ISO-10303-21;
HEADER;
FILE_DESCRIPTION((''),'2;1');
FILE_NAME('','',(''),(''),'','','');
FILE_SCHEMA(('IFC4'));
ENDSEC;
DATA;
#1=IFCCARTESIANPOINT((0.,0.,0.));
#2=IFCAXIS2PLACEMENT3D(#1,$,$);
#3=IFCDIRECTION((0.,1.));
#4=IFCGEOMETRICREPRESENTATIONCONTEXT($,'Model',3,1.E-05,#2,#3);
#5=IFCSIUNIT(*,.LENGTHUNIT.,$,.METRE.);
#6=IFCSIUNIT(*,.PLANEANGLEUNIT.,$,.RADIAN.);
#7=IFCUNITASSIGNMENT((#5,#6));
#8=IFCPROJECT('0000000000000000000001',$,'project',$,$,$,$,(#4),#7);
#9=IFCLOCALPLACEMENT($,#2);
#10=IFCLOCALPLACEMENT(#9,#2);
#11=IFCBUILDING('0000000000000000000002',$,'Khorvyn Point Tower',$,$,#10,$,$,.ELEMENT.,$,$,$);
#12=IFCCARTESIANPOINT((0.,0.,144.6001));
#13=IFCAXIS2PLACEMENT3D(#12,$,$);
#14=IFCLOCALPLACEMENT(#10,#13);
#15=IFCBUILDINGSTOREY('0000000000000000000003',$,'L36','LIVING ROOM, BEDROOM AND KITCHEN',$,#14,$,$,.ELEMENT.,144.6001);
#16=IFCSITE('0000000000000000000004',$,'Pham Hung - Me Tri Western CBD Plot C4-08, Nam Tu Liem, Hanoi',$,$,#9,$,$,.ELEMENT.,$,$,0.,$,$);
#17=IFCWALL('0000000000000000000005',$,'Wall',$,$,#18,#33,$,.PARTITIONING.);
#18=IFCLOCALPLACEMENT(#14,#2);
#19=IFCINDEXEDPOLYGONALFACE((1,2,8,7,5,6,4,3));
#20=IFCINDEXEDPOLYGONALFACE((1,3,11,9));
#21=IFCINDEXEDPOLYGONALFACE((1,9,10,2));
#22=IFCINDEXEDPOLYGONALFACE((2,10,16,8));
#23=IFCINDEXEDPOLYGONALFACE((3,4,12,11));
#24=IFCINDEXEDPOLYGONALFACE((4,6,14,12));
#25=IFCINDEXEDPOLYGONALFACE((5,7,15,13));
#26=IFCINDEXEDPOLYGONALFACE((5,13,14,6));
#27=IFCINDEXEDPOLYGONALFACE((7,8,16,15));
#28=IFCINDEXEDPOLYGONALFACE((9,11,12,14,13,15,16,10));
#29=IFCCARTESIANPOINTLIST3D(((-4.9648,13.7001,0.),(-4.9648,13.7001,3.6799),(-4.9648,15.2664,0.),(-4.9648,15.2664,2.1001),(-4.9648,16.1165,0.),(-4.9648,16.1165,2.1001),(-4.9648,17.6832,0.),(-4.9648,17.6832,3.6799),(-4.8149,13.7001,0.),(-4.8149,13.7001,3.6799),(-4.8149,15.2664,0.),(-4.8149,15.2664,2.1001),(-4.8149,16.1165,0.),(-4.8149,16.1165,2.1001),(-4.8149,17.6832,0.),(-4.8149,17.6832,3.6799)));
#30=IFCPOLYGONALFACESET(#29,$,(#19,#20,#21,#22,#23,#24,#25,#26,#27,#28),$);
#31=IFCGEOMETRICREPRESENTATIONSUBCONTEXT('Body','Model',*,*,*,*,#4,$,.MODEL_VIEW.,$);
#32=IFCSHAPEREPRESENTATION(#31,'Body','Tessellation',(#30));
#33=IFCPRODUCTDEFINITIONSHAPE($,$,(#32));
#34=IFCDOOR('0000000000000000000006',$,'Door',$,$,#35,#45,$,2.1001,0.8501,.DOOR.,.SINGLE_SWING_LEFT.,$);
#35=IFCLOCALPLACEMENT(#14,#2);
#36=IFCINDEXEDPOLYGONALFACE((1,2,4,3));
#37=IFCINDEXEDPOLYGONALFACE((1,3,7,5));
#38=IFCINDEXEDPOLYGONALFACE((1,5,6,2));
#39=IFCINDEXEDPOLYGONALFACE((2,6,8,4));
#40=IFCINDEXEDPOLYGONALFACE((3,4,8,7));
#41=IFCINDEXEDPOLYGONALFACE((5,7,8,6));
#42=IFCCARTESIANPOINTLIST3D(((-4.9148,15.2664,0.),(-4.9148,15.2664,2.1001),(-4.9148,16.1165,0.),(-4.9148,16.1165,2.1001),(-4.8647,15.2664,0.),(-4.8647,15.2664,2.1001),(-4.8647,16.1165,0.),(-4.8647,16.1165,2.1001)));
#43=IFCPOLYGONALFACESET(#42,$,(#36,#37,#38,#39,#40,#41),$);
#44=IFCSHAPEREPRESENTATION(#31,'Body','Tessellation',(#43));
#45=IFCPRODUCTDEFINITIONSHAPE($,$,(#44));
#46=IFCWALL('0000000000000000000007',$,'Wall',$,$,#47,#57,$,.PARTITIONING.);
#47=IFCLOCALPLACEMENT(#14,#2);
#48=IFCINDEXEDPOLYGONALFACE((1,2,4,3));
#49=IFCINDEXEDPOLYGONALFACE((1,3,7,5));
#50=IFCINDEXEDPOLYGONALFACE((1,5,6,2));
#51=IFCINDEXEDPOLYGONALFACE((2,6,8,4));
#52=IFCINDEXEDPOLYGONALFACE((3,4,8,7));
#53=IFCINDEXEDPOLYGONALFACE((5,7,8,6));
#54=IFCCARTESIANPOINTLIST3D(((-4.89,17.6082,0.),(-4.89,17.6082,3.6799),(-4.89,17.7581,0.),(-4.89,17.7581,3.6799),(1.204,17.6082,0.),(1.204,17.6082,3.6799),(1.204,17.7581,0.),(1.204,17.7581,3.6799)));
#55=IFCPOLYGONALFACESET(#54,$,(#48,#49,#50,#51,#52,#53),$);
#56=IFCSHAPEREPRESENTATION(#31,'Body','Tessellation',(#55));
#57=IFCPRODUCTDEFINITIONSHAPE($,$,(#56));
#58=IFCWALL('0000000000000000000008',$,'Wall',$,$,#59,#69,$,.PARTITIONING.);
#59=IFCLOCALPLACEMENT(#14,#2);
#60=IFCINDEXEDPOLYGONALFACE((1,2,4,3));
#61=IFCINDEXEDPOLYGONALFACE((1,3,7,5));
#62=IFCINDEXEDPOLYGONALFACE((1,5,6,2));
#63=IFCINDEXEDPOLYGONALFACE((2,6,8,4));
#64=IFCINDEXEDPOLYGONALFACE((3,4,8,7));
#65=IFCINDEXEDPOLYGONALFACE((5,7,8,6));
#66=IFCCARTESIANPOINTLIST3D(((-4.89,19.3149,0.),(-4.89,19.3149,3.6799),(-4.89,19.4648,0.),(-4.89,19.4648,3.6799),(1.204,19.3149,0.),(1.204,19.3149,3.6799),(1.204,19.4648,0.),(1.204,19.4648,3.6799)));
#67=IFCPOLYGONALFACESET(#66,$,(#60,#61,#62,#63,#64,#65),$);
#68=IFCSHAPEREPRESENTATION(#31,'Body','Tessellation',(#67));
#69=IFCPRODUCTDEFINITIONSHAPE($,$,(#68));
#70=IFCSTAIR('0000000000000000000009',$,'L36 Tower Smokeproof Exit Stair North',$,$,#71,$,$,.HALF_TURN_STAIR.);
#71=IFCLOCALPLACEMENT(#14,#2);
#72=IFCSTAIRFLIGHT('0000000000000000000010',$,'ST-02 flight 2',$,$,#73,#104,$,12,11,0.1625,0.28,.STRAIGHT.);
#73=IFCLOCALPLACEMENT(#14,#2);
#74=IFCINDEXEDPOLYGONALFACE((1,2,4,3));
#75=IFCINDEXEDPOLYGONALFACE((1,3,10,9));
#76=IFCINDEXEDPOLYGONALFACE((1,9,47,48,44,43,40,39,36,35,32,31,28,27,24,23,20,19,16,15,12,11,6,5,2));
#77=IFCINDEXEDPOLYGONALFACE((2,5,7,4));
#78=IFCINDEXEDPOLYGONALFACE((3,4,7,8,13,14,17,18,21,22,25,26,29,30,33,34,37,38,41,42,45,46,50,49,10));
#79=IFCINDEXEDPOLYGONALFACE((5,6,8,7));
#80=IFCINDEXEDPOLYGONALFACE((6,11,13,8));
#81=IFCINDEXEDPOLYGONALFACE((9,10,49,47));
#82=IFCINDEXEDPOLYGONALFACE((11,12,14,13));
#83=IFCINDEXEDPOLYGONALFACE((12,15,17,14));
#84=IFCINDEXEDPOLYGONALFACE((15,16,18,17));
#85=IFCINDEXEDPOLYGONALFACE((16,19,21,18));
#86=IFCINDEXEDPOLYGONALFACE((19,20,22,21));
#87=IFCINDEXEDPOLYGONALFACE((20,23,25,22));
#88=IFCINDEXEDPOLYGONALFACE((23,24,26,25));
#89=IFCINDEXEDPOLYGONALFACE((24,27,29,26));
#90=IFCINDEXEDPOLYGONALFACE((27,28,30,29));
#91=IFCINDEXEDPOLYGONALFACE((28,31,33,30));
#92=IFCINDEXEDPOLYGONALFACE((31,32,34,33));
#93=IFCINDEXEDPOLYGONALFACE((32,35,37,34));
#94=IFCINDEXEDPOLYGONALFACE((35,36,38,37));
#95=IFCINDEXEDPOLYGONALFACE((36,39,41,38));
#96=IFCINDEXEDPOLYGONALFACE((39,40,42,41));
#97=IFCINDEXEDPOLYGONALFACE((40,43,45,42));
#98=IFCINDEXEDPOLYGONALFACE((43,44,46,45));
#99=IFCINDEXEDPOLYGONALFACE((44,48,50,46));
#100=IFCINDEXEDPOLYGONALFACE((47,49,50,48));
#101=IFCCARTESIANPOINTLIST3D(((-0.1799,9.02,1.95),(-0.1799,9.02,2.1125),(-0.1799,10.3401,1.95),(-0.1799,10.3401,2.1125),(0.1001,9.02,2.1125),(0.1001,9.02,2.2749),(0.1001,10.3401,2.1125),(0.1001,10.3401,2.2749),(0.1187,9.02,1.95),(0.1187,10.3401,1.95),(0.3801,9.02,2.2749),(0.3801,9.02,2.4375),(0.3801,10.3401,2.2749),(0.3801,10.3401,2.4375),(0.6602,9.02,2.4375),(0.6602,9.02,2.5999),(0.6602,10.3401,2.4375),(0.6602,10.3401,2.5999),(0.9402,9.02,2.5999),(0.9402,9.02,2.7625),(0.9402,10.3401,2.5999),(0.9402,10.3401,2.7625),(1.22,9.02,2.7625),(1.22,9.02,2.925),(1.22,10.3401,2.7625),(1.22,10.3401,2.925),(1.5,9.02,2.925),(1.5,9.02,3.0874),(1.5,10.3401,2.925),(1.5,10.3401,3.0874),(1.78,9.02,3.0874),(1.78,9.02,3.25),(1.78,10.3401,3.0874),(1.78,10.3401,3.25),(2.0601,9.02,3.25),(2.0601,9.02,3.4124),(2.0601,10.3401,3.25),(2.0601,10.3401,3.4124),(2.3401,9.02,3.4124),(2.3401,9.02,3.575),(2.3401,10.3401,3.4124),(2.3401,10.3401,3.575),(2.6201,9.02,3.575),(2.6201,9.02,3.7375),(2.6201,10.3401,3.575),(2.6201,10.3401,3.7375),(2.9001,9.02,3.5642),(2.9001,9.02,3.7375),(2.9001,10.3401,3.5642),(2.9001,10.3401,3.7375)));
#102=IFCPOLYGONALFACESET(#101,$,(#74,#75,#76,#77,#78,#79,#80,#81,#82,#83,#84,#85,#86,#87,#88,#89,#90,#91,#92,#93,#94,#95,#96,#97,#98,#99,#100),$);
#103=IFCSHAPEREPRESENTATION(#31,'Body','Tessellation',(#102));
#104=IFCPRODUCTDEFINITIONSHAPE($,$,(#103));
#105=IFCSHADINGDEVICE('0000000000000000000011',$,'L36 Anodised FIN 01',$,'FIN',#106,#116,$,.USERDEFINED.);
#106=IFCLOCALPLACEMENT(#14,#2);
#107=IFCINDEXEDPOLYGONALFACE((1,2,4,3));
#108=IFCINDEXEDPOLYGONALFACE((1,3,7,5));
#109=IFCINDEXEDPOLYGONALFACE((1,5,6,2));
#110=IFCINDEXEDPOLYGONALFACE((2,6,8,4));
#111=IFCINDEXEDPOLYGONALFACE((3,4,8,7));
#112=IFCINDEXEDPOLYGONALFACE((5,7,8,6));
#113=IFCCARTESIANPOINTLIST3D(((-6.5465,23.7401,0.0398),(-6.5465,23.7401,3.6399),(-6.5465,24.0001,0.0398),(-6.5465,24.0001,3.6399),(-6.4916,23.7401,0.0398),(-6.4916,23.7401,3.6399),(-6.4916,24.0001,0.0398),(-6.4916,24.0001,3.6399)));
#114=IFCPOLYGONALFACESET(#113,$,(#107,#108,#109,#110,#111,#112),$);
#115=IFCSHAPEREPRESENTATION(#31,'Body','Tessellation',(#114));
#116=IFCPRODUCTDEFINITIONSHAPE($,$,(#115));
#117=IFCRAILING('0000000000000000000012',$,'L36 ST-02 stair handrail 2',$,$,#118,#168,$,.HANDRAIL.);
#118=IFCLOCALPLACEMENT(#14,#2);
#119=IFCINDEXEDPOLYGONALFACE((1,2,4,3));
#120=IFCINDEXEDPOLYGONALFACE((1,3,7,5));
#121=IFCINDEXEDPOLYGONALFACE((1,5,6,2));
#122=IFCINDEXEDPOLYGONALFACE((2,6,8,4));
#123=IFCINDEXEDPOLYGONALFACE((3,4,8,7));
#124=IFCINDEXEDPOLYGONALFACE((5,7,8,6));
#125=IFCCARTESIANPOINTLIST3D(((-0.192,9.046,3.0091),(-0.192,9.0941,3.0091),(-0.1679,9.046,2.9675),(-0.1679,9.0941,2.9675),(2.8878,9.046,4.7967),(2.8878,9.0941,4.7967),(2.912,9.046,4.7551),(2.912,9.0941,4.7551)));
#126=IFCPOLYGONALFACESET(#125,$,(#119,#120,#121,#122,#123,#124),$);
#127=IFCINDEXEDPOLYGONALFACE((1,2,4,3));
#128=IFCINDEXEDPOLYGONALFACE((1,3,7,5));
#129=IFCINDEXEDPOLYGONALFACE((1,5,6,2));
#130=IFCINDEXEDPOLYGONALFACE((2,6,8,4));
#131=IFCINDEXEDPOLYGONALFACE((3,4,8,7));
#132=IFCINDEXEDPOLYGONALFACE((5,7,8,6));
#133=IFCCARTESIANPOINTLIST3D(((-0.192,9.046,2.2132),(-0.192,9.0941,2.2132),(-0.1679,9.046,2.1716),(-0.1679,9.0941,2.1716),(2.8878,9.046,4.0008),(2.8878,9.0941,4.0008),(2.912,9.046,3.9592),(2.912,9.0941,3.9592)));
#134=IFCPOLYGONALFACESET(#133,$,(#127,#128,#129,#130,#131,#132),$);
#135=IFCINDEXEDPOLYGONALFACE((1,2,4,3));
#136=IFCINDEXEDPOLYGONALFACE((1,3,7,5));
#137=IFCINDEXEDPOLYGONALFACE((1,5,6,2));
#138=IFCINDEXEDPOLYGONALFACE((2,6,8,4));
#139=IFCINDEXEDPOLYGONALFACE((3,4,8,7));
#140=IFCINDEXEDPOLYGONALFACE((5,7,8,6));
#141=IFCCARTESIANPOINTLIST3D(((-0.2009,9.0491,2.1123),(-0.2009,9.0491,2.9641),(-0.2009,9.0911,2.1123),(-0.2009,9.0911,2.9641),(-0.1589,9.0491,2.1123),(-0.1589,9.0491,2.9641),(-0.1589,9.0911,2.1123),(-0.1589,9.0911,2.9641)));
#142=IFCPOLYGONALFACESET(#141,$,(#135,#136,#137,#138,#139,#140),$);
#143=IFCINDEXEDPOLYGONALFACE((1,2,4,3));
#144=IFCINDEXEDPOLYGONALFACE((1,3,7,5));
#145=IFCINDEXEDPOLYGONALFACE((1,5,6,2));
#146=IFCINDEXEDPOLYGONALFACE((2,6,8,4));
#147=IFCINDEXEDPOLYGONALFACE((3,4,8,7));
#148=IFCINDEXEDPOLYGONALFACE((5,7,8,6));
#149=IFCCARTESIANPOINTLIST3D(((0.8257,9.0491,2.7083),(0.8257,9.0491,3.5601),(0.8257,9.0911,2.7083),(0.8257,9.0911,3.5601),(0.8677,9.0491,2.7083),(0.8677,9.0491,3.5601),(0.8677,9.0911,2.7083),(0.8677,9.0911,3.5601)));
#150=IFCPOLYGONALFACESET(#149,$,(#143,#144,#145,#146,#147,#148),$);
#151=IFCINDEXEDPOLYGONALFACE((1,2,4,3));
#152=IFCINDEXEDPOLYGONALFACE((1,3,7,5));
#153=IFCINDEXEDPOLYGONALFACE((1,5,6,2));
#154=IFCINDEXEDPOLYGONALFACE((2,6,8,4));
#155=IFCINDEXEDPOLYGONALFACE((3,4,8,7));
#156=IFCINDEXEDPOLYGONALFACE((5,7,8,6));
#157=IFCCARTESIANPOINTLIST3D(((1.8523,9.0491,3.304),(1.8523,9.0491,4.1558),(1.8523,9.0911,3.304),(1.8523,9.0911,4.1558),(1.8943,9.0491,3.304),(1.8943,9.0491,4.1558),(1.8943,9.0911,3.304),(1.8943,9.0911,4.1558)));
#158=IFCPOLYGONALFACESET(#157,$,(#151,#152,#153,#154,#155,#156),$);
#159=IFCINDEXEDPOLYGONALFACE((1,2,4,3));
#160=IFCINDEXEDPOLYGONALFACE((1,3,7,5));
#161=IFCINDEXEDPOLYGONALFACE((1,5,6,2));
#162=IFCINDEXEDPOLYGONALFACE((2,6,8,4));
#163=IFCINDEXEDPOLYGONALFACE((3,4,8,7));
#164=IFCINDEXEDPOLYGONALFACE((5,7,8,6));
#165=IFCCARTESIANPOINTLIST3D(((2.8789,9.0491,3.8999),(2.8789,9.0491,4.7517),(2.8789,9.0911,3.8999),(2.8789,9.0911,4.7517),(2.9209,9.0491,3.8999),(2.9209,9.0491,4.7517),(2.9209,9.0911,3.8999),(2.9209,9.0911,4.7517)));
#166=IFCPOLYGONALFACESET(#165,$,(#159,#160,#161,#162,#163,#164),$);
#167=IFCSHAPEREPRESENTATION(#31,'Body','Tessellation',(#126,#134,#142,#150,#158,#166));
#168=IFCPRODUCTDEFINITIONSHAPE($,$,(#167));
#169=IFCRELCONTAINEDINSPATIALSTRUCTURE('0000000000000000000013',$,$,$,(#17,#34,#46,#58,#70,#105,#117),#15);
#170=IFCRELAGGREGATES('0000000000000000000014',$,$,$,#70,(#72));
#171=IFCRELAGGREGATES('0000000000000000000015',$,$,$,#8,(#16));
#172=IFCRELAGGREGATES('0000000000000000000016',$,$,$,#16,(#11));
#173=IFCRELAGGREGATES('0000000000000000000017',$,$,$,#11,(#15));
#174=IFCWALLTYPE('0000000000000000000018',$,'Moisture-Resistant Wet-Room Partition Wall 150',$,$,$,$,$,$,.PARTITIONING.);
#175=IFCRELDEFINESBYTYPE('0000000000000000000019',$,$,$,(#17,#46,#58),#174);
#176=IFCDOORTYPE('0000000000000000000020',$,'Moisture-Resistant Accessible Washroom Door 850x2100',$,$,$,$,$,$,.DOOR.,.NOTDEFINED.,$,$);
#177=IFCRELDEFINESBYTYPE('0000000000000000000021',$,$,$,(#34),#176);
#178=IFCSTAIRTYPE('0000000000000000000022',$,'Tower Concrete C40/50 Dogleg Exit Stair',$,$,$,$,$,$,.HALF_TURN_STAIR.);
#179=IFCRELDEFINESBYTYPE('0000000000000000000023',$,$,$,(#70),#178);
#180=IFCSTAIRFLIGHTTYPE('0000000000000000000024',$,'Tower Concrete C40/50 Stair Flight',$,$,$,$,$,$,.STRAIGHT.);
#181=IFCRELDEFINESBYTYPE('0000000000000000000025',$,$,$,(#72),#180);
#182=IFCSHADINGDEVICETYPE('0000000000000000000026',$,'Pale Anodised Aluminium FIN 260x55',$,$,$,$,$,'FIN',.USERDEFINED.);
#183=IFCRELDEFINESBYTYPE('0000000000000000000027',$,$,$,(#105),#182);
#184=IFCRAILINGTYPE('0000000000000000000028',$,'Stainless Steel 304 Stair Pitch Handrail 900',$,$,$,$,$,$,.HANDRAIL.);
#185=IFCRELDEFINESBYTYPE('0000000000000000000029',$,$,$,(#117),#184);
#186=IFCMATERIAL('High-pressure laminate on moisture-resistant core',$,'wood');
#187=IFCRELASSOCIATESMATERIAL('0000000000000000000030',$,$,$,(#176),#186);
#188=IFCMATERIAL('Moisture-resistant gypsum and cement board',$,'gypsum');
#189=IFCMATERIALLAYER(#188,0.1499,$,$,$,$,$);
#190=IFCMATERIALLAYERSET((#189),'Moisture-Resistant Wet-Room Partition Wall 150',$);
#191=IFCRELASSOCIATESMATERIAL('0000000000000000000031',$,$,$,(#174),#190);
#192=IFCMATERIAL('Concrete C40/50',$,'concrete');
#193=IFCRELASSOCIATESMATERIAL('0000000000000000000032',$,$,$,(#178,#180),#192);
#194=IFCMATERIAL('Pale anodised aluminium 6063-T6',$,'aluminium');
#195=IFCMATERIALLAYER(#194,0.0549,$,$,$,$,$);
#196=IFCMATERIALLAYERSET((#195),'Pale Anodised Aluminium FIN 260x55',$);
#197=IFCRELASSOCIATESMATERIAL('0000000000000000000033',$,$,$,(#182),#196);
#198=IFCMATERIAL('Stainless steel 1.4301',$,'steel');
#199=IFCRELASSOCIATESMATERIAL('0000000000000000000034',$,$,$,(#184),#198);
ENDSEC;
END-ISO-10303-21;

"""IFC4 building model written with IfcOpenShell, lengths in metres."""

from ifc_helpers import new_model, si_unit, direction, frame, frame_2d, origin, origin_2d, place, context, subcontext, project, spatial, polyline, rectangle, outline, extrude, material, layer, layer_set, type_object, element, fill, aggregate, save


model = new_model("IFC4")

# Units and contexts
model_context = context("Model", 3, precision=1e-05, world=origin(), true_north=direction((0.0, 1.0)))
body_context = subcontext(model_context, "Body", "Model", "MODEL_VIEW")
ifc_project = project(units=[si_unit("LENGTHUNIT", "METRE"), si_unit("PLANEANGLEUNIT", "RADIAN")], contexts=[model_context])

# Site, building, storey
site_placement = place(None, origin())
site = spatial("IfcSite", under=ifc_project, at=site_placement, Name="Pham Hung - Me Tri Western CBD Plot C4-08, Nam Tu Liem, Hanoi", CompositionType="ELEMENT", RefElevation=0.0)
building_placement = place(site_placement, origin())
building = spatial("IfcBuilding", under=site, at=building_placement, Name="Khorvyn Point Tower", CompositionType="ELEMENT")
storey_placement = place(building_placement, frame((0.0, 0.0, 144.6001)))
storey = spatial("IfcBuildingStorey", under=building, at=storey_placement, Name="L36", Description="LIVING ROOM, BEDROOM AND KITCHEN", CompositionType="ELEMENT", Elevation=144.6001)

# Shared definitions
ifc_material_1 = material(Name="Concrete C40/50", Category="concrete")

# Wall, opening, door
ifc_material_2 = material(Name="High-pressure laminate on moisture-resistant core", Category="wood")
door_type_1 = type_object("IfcDoorType", Name="Moisture-Resistant Accessible Washroom Door 850x2100", OperationType="NOTDEFINED", PredefinedType="DOOR", material=ifc_material_2)
ifc_material_3 = material(Name="Moisture-resistant gypsum and cement board", Category="gypsum")
ifc_layer_1 = layer(ifc_material_3, 0.1499)
ifc_layer_set_1 = layer_set([ifc_layer_1], Name="Moisture-Resistant Wet-Room Partition Wall 150")
wall_type_1 = type_object("IfcWallType", Name="Moisture-Resistant Wet-Room Partition Wall 150", PredefinedType="PARTITIONING", material=ifc_layer_set_1)
wall_1_placement = place(storey_placement, frame((-4.8899, 13.7, 0.0), z_axis=(0.0, 0.0, 1.0), x_axis=(0.0, 1.0, 0.0)))
wall_1 = element("IfcWall", 1, at=wall_1_placement, inside=storey, type_object=wall_type_1, Name="Wall", PredefinedType="PARTITIONING", context=body_context, shape_type="SweptSolid", body=[
    extrude(rectangle(XDim=3.9832, YDim=0.1499, at=frame_2d((1.9917, 0.0))), origin(), (0.0, 0.0, 1.0), 3.6799),
])
opening_1_placement = place(wall_1_placement, frame((1.5664, 0.0, 0.0)))
opening_1 = element("IfcOpeningElement", 2, at=opening_1_placement, cuts=wall_1, PredefinedType="OPENING", context=body_context, shape_type="SweptSolid", body=[
    extrude(rectangle(XDim=0.8501, YDim=2.1001, at=frame_2d((0.425, 1.05))), frame((0.0, 0.085, 0.0), z_axis=(0.0, -1.0, 0.0), x_axis=(1.0, 0.0, 0.0)), (0.0, 0.0, 1.0), 0.1699),
])
door_1_placement = place(opening_1_placement, origin())
door_1 = element("IfcDoor", 3, at=door_1_placement, inside=storey, type_object=door_type_1, Name="Door", OperationType="SINGLE_SWING_LEFT", OverallHeight=2.1001, OverallWidth=0.8501, PredefinedType="DOOR", context=body_context, shape_type="SweptSolid", body=[
    extrude(rectangle(XDim=0.8501, YDim=2.1001, at=frame_2d((0.425, 1.05))), frame((0.0, 0.0249, 0.0), z_axis=(0.0, -1.0, 0.0), x_axis=(1.0, 0.0, 0.0)), (0.0, 0.0, 1.0), 0.05),
])
fill(opening_1, door_1)

# Walls
for number, where, z_axis, x_axis, name in (
    (4, (-4.8899, 17.6831, 0.0), (0.0, 0.0, 1.0), (1.0, 0.0, 0.0), "Wall"),
    (5, (-4.8899, 19.3899, 0.0), (0.0, 0.0, 1.0), (1.0, 0.0, 0.0), "Wall"),
):
    element("IfcWall", number, at=place(storey_placement, frame(where, z_axis=z_axis, x_axis=x_axis)), inside=storey, type_object=wall_type_1, Name=name, PredefinedType="PARTITIONING", context=body_context, shape_type="SweptSolid", body=[
        extrude(rectangle(XDim=6.094, YDim=0.1499, at=frame_2d((3.0469, 0.0))), origin(), (0.0, 0.0, 1.0), 3.6799),
    ])

# Stair, stair flight
stair_type = type_object("IfcStairType", Name="Tower Concrete C40/50 Dogleg Exit Stair", PredefinedType="HALF_TURN_STAIR", material=ifc_material_1)
stair_placement = place(storey_placement, origin())
stair = element("IfcStair", 6, at=stair_placement, inside=storey, type_object=stair_type, Name="L36 Tower Smokeproof Exit Stair North", PredefinedType="HALF_TURN_STAIR")
stair_flight_type = type_object("IfcStairFlightType", Name="Tower Concrete C40/50 Stair Flight", PredefinedType="STRAIGHT", material=ifc_material_1)
stair_flight_placement = place(storey_placement, frame((-0.1799, 9.6799, 1.95), z_axis=(0.0, 0.0, 1.0), x_axis=(1.0, 0.0, 0.0)))
stair_flight = element("IfcStairFlight", 7, at=stair_flight_placement, type_object=stair_flight_type, Name="ST-02 flight 2", NumberOfRisers=12, NumberOfTreads=11, PredefinedType="STRAIGHT", RiserHeight=0.1625, TreadLength=0.28, context=body_context, shape_type="SweptSolid", body=[
    extrude(outline(polyline([(0.0, 0.0), (0.0, 0.1626), (0.28, 0.1626), (0.28, 0.325), (0.5601, 0.325), (0.5601, 0.4875), (0.8401, 0.4875), (0.8401, 0.6499), (1.1201, 0.6499), (1.1201, 0.8125), (1.3999, 0.8125), (1.3999, 0.9751), (1.6799, 0.9751), (1.6799, 1.1375), (1.96, 1.1375), (1.96, 1.3), (2.24, 1.3), (2.24, 1.4624), (2.52, 1.4624), (2.52, 1.625), (2.8, 1.625), (2.8, 1.7876), (3.0801, 1.7876), (3.0801, 1.95), (3.0801, 1.6143), (0.2986, 0.0), (0.0, 0.0)])), frame((0.0, 0.6602, 0.0), z_axis=(0.0, -1.0, 0.0), x_axis=(1.0, 0.0, 0.0)), (0.0, 0.0, 1.0), 1.3201),
])
aggregate(stair, [stair_flight])

# Shading device
ifc_material_4 = material(Name="Pale anodised aluminium 6063-T6", Category="aluminium")
ifc_layer_2 = layer(ifc_material_4, 0.0549)
ifc_layer_set_2 = layer_set([ifc_layer_2], Name="Pale Anodised Aluminium FIN 260x55")
shading_device_type = type_object("IfcShadingDeviceType", Name="Pale Anodised Aluminium FIN 260x55", ElementType="FIN", PredefinedType="USERDEFINED", material=ifc_layer_set_2)
shading_device_placement = place(storey_placement, frame((-6.519, 23.8701, 0.0398), z_axis=(0.0, 0.0, 1.0), x_axis=(0.0, 1.0, 0.0)))
element("IfcShadingDevice", 8, at=shading_device_placement, inside=storey, type_object=shading_device_type, Name="L36 Anodised FIN 01", ObjectType="FIN", PredefinedType="USERDEFINED", context=body_context, shape_type="SweptSolid", body=[
    extrude(rectangle(XDim=0.26, YDim=0.0549, at=origin_2d()), origin(), (0.0, 0.0, 1.0), 3.6001),
])

# Railing
ifc_material_5 = material(Name="Stainless steel 1.4301", Category="steel")
railing_type_1 = type_object("IfcRailingType", Name="Stainless Steel 304 Stair Pitch Handrail 900", PredefinedType="HANDRAIL", material=ifc_material_5)
railing_1_placement = place(storey_placement, frame((-0.1799, 9.0701, 2.1123)))
element("IfcRailing", 9, at=railing_1_placement, inside=storey, type_object=railing_type_1, Name="L36 ST-02 stair handrail 2", PredefinedType="HANDRAIL", context=body_context, shape_type="SweptSolid", body=[
    extrude(rectangle(XDim=0.0481, YDim=0.0481, at=origin_2d()), frame((0.0, 0.0, 0.876), z_axis=(0.864873, 0.0, 0.50199), x_axis=(0.0, 1.0, 0.0)), (0.0, 0.0, 1.0), 3.561),
    extrude(rectangle(XDim=0.0481, YDim=0.0481, at=origin_2d()), frame((0.0, 0.0, 0.0801), z_axis=(0.864873, 0.0, 0.50199), x_axis=(0.0, 1.0, 0.0)), (0.0, 0.0, 1.0), 3.561),
    extrude(rectangle(XDim=0.042, YDim=0.042, at=origin_2d()), origin(), (0.0, 0.0, 1.0), 0.8518),
    extrude(rectangle(XDim=0.042, YDim=0.042, at=origin_2d()), frame((1.0266, 0.0, 0.5959)), (0.0, 0.0, 1.0), 0.8518),
    extrude(rectangle(XDim=0.042, YDim=0.042, at=origin_2d()), frame((2.0532, 0.0, 1.1917)), (0.0, 0.0, 1.0), 0.8518),
    extrude(rectangle(XDim=0.042, YDim=0.042, at=origin_2d()), frame((3.0798, 0.0, 1.7876)), (0.0, 0.0, 1.0), 0.8518),
])

save(model, "model.ifc")
